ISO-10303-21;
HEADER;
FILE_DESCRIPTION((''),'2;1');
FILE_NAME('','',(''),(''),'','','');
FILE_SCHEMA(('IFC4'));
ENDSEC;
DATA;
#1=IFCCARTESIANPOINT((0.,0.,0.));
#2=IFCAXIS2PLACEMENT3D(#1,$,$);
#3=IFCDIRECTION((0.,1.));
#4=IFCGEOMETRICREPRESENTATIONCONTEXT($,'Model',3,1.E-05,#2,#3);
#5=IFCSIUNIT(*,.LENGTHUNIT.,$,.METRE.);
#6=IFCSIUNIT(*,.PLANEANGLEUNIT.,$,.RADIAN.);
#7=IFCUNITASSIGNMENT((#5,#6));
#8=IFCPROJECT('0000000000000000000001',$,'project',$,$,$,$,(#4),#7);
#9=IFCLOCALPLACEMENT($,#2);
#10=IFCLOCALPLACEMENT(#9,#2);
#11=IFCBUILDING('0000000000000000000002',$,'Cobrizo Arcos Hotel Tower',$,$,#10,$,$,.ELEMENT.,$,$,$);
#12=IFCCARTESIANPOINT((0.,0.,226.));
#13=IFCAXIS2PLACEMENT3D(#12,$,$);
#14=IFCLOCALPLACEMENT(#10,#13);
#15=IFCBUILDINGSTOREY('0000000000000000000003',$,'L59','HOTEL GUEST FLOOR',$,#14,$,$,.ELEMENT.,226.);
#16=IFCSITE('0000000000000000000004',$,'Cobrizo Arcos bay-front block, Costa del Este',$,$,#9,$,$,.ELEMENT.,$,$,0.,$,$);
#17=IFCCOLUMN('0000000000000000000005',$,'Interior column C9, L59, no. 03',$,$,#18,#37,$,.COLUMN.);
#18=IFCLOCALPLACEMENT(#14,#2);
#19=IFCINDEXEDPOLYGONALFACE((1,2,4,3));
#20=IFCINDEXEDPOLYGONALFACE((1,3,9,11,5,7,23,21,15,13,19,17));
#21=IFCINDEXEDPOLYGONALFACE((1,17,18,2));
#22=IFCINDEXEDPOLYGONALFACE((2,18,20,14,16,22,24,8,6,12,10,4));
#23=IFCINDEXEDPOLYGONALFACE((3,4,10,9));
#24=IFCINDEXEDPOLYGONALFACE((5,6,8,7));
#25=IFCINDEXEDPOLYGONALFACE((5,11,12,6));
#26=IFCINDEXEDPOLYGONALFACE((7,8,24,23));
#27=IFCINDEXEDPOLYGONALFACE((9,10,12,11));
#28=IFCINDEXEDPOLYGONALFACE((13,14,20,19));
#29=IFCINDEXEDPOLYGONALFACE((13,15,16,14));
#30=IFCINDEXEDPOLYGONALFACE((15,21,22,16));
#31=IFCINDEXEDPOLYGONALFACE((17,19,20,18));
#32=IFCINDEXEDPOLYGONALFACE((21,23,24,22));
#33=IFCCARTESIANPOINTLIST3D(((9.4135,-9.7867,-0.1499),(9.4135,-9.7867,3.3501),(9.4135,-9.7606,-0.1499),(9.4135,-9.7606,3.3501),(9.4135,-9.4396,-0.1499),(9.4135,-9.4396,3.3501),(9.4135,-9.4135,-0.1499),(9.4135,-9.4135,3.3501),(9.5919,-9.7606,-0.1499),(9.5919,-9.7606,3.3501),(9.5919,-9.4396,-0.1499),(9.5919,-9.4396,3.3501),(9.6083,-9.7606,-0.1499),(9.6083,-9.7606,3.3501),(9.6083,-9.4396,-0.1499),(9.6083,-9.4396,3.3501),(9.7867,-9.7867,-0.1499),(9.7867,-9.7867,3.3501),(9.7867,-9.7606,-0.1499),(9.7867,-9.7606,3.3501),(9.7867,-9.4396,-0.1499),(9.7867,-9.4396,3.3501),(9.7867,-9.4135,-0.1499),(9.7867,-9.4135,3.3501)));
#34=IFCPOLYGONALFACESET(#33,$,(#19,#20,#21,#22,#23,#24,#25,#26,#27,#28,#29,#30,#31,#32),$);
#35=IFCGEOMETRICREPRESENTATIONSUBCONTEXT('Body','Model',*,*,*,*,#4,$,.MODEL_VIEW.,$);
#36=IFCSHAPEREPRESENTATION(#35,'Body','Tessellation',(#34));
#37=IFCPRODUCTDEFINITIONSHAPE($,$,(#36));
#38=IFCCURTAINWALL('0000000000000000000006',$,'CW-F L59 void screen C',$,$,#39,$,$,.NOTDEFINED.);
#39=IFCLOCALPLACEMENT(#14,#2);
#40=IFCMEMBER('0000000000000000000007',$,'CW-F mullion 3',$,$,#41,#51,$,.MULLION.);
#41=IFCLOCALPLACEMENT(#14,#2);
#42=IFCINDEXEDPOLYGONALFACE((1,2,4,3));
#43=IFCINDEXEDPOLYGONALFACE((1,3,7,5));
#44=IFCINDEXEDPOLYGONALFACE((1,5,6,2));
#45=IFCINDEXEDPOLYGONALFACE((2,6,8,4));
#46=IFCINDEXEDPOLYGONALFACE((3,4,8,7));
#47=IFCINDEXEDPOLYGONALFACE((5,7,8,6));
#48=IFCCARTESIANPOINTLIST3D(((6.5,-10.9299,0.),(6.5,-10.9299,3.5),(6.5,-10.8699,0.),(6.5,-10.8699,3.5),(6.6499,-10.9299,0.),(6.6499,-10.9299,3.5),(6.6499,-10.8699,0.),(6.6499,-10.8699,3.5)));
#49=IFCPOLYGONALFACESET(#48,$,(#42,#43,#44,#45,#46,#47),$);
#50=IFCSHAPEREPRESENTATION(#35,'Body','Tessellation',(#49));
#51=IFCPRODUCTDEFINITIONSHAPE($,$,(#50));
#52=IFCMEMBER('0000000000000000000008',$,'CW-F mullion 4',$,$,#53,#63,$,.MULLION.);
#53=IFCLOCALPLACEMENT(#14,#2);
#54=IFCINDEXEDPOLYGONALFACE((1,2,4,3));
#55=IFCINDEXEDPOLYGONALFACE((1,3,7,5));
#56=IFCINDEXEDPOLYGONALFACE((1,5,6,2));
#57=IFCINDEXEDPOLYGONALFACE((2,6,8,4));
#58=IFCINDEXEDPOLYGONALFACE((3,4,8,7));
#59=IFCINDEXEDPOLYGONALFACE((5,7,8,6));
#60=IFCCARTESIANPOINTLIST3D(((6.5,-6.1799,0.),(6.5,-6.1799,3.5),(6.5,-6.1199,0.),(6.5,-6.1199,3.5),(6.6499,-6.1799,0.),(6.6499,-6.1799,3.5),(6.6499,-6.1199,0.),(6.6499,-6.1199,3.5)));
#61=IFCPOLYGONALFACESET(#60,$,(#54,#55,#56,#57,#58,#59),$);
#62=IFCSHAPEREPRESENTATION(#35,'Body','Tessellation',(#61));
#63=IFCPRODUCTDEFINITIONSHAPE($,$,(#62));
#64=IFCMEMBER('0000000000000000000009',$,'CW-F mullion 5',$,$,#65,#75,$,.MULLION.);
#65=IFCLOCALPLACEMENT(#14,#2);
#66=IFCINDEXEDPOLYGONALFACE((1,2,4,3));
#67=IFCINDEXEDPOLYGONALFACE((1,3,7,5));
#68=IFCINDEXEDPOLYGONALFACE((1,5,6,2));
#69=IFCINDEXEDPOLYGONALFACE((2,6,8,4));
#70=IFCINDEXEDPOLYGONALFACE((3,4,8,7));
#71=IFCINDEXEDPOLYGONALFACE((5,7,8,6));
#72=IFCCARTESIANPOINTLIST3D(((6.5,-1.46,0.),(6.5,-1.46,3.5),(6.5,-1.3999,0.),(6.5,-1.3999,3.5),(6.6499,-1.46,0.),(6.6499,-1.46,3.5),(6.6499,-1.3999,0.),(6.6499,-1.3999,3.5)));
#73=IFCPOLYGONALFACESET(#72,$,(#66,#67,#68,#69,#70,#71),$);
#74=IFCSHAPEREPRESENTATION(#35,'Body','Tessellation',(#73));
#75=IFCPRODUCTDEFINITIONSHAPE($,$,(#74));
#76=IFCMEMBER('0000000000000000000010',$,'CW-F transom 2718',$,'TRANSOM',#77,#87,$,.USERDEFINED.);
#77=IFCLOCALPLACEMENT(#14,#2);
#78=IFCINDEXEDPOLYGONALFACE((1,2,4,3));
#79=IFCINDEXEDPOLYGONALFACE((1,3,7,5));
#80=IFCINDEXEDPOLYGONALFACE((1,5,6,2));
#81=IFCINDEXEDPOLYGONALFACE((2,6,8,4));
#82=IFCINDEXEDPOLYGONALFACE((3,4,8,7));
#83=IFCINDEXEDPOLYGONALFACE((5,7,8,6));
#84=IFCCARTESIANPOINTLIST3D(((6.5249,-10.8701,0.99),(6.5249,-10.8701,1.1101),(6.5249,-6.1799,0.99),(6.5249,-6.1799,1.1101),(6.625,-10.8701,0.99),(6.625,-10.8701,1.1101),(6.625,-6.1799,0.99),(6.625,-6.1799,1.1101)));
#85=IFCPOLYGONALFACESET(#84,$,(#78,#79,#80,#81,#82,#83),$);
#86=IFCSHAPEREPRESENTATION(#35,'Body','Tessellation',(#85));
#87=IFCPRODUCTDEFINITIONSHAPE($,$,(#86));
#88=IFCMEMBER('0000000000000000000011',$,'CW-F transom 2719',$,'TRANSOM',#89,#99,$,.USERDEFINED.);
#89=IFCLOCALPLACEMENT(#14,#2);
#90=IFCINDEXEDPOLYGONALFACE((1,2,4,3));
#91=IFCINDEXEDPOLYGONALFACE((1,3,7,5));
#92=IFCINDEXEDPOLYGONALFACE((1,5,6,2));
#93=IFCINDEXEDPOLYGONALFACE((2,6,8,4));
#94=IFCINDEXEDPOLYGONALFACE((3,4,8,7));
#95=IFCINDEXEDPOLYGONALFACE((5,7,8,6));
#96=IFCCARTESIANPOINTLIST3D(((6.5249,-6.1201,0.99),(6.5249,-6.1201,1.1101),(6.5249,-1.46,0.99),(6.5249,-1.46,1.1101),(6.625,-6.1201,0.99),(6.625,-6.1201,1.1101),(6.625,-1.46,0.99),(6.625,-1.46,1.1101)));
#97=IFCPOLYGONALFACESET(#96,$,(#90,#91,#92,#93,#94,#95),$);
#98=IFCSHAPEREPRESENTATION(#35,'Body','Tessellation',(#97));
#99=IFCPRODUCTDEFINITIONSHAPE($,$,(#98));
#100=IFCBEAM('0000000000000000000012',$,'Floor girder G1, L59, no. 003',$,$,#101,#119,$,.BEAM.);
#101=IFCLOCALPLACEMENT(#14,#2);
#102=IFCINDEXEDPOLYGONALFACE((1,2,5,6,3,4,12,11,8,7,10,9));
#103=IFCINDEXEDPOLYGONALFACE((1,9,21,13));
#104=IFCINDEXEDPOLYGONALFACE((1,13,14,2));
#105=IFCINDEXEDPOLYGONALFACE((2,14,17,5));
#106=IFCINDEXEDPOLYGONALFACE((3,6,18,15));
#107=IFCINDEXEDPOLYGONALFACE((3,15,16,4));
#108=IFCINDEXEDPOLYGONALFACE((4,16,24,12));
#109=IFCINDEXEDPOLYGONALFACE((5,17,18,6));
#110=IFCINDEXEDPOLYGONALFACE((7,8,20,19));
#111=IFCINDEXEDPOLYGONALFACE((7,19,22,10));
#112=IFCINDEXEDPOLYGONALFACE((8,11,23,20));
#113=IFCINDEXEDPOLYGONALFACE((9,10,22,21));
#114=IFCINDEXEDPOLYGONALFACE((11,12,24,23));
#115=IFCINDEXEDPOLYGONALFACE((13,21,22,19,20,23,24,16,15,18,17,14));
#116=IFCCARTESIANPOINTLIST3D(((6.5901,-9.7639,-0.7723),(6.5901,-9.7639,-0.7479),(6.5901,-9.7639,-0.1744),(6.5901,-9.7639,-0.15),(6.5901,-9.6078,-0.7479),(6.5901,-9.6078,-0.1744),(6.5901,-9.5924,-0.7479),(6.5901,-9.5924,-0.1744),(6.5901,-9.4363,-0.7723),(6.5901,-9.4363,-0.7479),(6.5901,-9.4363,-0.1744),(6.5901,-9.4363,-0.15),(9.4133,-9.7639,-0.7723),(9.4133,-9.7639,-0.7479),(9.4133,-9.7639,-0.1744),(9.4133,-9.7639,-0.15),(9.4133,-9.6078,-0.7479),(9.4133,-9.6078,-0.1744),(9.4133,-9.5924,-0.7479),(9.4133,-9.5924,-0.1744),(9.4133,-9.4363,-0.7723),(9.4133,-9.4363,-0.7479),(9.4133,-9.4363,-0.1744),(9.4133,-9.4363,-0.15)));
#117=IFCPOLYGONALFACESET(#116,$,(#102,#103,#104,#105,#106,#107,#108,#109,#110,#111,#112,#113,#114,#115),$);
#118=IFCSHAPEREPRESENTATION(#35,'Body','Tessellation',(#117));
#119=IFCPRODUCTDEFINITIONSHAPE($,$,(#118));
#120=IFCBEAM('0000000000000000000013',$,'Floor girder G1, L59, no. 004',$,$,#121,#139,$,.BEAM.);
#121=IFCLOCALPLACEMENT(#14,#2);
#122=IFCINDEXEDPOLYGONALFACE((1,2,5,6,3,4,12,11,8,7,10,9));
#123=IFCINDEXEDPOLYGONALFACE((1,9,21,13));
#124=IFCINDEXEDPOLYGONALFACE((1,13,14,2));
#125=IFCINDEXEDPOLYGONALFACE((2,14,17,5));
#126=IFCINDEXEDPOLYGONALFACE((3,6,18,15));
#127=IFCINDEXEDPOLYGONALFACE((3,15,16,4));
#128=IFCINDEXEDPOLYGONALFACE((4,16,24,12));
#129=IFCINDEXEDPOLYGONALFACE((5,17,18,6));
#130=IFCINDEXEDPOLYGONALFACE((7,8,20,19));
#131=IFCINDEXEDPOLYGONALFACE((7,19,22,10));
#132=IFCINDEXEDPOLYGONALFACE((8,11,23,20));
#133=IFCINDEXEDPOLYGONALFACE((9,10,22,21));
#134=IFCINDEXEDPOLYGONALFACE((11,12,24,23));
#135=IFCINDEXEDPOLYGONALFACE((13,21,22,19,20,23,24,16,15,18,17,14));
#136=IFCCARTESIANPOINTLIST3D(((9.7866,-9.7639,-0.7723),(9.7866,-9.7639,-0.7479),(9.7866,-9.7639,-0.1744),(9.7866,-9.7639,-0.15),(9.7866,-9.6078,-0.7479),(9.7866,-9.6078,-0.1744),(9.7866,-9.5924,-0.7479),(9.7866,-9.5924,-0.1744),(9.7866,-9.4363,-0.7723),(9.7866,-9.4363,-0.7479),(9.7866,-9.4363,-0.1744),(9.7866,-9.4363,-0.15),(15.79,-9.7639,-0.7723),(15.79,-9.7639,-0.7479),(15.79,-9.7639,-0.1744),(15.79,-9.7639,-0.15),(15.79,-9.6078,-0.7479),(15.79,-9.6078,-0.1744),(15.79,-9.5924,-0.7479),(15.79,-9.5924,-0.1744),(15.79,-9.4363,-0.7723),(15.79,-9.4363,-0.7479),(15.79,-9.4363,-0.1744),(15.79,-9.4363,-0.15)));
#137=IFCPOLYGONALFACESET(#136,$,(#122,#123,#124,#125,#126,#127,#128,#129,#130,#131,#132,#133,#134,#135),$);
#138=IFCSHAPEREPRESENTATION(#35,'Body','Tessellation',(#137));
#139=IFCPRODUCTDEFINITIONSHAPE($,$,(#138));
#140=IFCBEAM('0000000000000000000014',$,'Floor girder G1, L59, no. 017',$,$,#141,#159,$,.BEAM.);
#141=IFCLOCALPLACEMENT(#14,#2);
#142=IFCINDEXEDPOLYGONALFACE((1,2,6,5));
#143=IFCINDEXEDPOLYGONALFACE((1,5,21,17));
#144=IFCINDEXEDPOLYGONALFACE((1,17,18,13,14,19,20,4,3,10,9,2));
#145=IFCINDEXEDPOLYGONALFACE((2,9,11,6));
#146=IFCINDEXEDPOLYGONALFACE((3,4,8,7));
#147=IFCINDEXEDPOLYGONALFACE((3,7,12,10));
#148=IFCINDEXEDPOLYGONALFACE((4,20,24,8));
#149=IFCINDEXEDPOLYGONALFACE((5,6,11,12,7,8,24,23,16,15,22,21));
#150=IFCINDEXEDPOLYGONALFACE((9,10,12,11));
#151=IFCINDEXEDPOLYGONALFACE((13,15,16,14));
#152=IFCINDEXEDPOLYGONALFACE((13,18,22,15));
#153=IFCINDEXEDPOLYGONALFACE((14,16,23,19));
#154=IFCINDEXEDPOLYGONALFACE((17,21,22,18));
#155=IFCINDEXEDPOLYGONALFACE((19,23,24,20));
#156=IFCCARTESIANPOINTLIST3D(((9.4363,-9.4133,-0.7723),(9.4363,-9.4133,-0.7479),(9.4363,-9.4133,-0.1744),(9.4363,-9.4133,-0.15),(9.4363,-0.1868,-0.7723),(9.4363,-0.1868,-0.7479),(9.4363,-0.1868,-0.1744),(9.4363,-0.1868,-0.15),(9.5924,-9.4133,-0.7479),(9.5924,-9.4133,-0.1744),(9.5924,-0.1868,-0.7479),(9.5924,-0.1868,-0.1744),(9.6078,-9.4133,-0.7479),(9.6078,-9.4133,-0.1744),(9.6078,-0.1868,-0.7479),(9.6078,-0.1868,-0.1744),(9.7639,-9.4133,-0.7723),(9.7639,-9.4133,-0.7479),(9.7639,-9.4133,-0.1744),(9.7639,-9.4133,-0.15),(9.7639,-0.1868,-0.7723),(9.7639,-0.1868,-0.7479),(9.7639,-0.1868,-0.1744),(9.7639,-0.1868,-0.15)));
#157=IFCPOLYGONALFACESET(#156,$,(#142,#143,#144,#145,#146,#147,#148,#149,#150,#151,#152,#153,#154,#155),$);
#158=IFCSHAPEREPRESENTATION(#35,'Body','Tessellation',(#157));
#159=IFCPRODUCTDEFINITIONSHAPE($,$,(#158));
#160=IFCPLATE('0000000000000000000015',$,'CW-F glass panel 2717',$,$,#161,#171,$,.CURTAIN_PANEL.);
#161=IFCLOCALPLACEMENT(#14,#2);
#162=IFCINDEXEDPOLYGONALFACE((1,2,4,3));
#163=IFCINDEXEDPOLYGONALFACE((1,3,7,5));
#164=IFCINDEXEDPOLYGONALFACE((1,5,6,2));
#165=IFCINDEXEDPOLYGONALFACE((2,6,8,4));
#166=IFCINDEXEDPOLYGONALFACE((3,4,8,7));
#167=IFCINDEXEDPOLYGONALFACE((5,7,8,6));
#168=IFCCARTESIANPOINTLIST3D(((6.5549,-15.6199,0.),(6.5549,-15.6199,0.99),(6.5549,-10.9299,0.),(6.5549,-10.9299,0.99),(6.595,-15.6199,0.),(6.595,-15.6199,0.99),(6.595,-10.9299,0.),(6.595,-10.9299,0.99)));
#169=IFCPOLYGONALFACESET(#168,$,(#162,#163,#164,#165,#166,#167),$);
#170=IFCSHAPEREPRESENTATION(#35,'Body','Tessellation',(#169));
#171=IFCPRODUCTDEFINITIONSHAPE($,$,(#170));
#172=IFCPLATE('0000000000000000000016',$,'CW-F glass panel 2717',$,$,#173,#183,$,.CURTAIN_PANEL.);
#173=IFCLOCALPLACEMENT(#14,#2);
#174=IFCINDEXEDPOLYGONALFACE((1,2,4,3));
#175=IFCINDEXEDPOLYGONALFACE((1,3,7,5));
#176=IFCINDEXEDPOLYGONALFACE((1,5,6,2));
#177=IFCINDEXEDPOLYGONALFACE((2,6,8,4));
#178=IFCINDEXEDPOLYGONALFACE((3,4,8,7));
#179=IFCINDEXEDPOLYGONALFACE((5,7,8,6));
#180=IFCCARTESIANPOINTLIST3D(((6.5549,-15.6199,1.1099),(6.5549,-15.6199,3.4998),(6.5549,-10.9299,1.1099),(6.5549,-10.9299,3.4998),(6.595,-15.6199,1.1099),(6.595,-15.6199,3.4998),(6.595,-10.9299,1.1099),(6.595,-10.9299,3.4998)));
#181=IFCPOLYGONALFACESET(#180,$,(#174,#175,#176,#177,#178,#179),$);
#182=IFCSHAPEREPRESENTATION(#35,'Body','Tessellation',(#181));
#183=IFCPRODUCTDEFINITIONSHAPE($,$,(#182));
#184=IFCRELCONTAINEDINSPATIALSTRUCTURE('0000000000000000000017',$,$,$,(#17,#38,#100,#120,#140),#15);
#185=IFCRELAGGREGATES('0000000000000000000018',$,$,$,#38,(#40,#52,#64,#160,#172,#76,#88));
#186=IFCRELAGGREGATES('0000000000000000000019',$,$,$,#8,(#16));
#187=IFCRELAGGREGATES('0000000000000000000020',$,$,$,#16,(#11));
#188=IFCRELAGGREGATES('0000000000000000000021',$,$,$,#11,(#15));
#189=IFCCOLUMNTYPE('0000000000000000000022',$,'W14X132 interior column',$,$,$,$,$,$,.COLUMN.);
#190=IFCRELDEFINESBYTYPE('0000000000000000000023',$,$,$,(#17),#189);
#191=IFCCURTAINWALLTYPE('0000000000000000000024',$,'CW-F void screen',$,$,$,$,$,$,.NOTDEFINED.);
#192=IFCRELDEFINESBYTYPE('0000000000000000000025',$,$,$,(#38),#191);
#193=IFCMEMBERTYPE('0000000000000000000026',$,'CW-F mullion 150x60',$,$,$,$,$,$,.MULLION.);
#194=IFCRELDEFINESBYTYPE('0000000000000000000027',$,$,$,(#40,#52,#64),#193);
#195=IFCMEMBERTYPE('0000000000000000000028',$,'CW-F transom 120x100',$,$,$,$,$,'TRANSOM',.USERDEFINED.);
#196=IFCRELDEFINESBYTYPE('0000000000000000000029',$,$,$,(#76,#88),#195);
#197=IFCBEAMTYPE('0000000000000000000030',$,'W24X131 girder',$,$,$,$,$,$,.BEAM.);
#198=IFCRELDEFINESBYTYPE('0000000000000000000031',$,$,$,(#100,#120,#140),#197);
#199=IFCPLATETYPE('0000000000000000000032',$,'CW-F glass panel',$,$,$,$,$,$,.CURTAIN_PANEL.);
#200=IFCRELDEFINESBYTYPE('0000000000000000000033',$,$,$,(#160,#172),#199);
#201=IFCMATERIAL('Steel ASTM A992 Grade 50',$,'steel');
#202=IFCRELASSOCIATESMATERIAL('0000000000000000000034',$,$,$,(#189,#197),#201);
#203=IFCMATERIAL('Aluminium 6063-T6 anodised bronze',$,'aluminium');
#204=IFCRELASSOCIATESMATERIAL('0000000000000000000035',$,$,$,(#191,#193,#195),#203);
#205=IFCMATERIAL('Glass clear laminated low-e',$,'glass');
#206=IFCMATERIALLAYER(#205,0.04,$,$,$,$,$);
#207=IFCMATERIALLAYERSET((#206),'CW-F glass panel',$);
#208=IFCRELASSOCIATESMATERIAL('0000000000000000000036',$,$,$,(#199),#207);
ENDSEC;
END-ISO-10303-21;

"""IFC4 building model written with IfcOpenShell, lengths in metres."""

from ifc_helpers import new_model, si_unit, direction, frame, origin, origin_2d, place, context, subcontext, project, spatial, rectangle, i_section, extrude, material, layer, layer_set, material_profile, profile_set, type_object, element, aggregate, save


model = new_model("IFC4")

# Units and contexts
model_context = context("Model", 3, precision=1e-05, world=origin(), true_north=direction((0.0, 1.0)))
body_context = subcontext(model_context, "Body", "Model", "MODEL_VIEW")
ifc_project = project(units=[si_unit("LENGTHUNIT", "METRE"), si_unit("PLANEANGLEUNIT", "RADIAN")], contexts=[model_context])

# Site, building, storey
site_placement = place(None, origin())
site = spatial("IfcSite", under=ifc_project, at=site_placement, Name="Cobrizo Arcos bay-front block, Costa del Este", CompositionType="ELEMENT", RefElevation=0.0)
building_placement = place(site_placement, origin())
building = spatial("IfcBuilding", under=site, at=building_placement, Name="Cobrizo Arcos Hotel Tower", CompositionType="ELEMENT")
storey_placement = place(building_placement, frame((0.0, 0.0, 226.0)))
storey = spatial("IfcBuildingStorey", under=building, at=storey_placement, Name="L59", Description="HOTEL GUEST FLOOR", CompositionType="ELEMENT", Elevation=226.0)

# Column
ifc_material_1 = material(Name="Steel ASTM A992 Grade 50", Category="steel")
ifc_material_profile_1 = material_profile(ifc_material_1, i_section(OverallWidth=0.3733, OverallDepth=0.3733, WebThickness=0.0164, FlangeThickness=0.0261, at=origin_2d()), Name="W14X132")
ifc_profile_set_1 = profile_set([ifc_material_profile_1], Name="Steel ASTM A992 Grade 50")
column_type = type_object("IfcColumnType", Name="W14X132 interior column", PredefinedType="COLUMN", material=ifc_profile_set_1)
column_placement = place(storey_placement, frame((9.6001, -9.6001, -0.1499), z_axis=(0.0, 0.0, 1.0), x_axis=(1.0, 0.0, 0.0)))
element("IfcColumn", 1, at=column_placement, inside=storey, type_object=column_type, Name="Interior column C9, L59, no. 03", PredefinedType="COLUMN", context=body_context, shape_type="SweptSolid", body=[
    extrude(i_section(OverallWidth=0.3733, OverallDepth=0.3733, WebThickness=0.0164, FlangeThickness=0.0261, at=origin_2d()), origin(), (0.0, 0.0, 1.0), 3.5),
])

# Curtain wall, members
ifc_material_2 = material(Name="Aluminium 6063-T6 anodised bronze", Category="aluminium")
curtain_wall_type = type_object("IfcCurtainWallType", Name="CW-F void screen", PredefinedType="NOTDEFINED", material=ifc_material_2)
curtain_wall_placement = place(storey_placement, origin())
curtain_wall = element("IfcCurtainWall", 2, at=curtain_wall_placement, inside=storey, type_object=curtain_wall_type, Name="CW-F L59 void screen C", PredefinedType="NOTDEFINED")
ifc_material_profile_2 = material_profile(ifc_material_2, rectangle(XDim=0.1499, YDim=0.0601, at=origin_2d()), Name="CW-F mullion 150x60")
ifc_profile_set_2 = profile_set([ifc_material_profile_2], Name="Aluminium 6063-T6 anodised bronze")
member_type_1 = type_object("IfcMemberType", Name="CW-F mullion 150x60", PredefinedType="MULLION", material=ifc_profile_set_2)
member_1_placement = place(storey_placement, frame((6.575, -10.8999, 0.0), z_axis=(0.0, 0.0, 1.0), x_axis=(1.0, 0.0, 0.0)))
member_1 = element("IfcMember", 3, at=member_1_placement, type_object=member_type_1, Name="CW-F mullion 3", PredefinedType="MULLION", context=body_context, shape_type="SweptSolid", body=[
    extrude(rectangle(XDim=0.1499, YDim=0.0601, at=origin_2d()), origin(), (0.0, 0.0, 1.0), 3.5),
])
member_2_placement = place(storey_placement, frame((6.575, -6.1499, 0.0), z_axis=(0.0, 0.0, 1.0), x_axis=(1.0, 0.0, 0.0)))
member_2 = element("IfcMember", 4, at=member_2_placement, type_object=member_type_1, Name="CW-F mullion 4", PredefinedType="MULLION", context=body_context, shape_type="SweptSolid", body=[
    extrude(rectangle(XDim=0.1499, YDim=0.0601, at=origin_2d()), origin(), (0.0, 0.0, 1.0), 3.5),
])
member_3_placement = place(storey_placement, frame((6.575, -1.4299, 0.0), z_axis=(0.0, 0.0, 1.0), x_axis=(1.0, 0.0, 0.0)))
member_3 = element("IfcMember", 5, at=member_3_placement, type_object=member_type_1, Name="CW-F mullion 5", PredefinedType="MULLION", context=body_context, shape_type="SweptSolid", body=[
    extrude(rectangle(XDim=0.1499, YDim=0.0601, at=origin_2d()), origin(), (0.0, 0.0, 1.0), 3.5),
])
ifc_material_profile_3 = material_profile(ifc_material_2, rectangle(XDim=0.1001, YDim=0.1201, at=origin_2d()), Name="CW-F transom 120x100")
ifc_profile_set_3 = profile_set([ifc_material_profile_3], Name="Aluminium 6063-T6 anodised bronze")
member_type_2 = type_object("IfcMemberType", Name="CW-F transom 120x100", ElementType="TRANSOM", PredefinedType="USERDEFINED", material=ifc_profile_set_3)
member_4_placement = place(storey_placement, frame((6.575, -10.8701, 1.05), z_axis=(0.0, 1.0, 0.0), x_axis=(-1.0, 0.0, 0.0)))
member_4 = element("IfcMember", 6, at=member_4_placement, type_object=member_type_2, Name="CW-F transom 2718", ObjectType="TRANSOM", PredefinedType="USERDEFINED", context=body_context, shape_type="SweptSolid", body=[
    extrude(rectangle(XDim=0.1001, YDim=0.1201, at=origin_2d()), origin(), (0.0, 0.0, 1.0), 4.6902),
])
member_5_placement = place(storey_placement, frame((6.575, -6.1201, 1.05), z_axis=(0.0, 1.0, 0.0), x_axis=(-1.0, 0.0, 0.0)))
member_5 = element("IfcMember", 7, at=member_5_placement, type_object=member_type_2, Name="CW-F transom 2719", ObjectType="TRANSOM", PredefinedType="USERDEFINED", context=body_context, shape_type="SweptSolid", body=[
    extrude(rectangle(XDim=0.1001, YDim=0.1201, at=origin_2d()), origin(), (0.0, 0.0, 1.0), 4.6602),
])

# Beams
ifc_material_profile_4 = material_profile(ifc_material_1, i_section(OverallWidth=0.3276, OverallDepth=0.6223, WebThickness=0.0154, FlangeThickness=0.0244, at=origin_2d()), Name="W24X131")
ifc_profile_set_4 = profile_set([ifc_material_profile_4], Name="Steel ASTM A992 Grade 50")
beam_type = type_object("IfcBeamType", Name="W24X131 girder", PredefinedType="BEAM", material=ifc_profile_set_4)
beam_1_placement = place(storey_placement, frame((6.5901, -9.6001, -0.4612), z_axis=(1.0, 0.0, 0.0), x_axis=(0.0, 1.0, 0.0)))
element("IfcBeam", 8, at=beam_1_placement, inside=storey, type_object=beam_type, Name="Floor girder G1, L59, no. 003", PredefinedType="BEAM", context=body_context, shape_type="SweptSolid", body=[
    extrude(i_section(OverallWidth=0.3276, OverallDepth=0.6223, WebThickness=0.0154, FlangeThickness=0.0244, at=origin_2d()), origin(), (0.0, 0.0, 1.0), 2.8232),
])
beam_2_placement = place(storey_placement, frame((9.7866, -9.6001, -0.4612), z_axis=(1.0, 0.0, 0.0), x_axis=(0.0, 1.0, 0.0)))
element("IfcBeam", 9, at=beam_2_placement, inside=storey, type_object=beam_type, Name="Floor girder G1, L59, no. 004", PredefinedType="BEAM", context=body_context, shape_type="SweptSolid", body=[
    extrude(i_section(OverallWidth=0.3276, OverallDepth=0.6223, WebThickness=0.0154, FlangeThickness=0.0244, at=origin_2d()), origin(), (0.0, 0.0, 1.0), 6.0034),
])
beam_3_placement = place(storey_placement, frame((9.6001, -9.4133, -0.4612), z_axis=(0.0, 1.0, 0.0), x_axis=(-1.0, 0.0, 0.0)))
element("IfcBeam", 10, at=beam_3_placement, inside=storey, type_object=beam_type, Name="Floor girder G1, L59, no. 017", PredefinedType="BEAM", context=body_context, shape_type="SweptSolid", body=[
    extrude(i_section(OverallWidth=0.3276, OverallDepth=0.6223, WebThickness=0.0154, FlangeThickness=0.0244, at=origin_2d()), origin(), (0.0, 0.0, 1.0), 9.2266),
])

# Plates
ifc_material_3 = material(Name="Glass clear laminated low-e", Category="glass")
ifc_layer_1 = layer(ifc_material_3, 0.04)
ifc_layer_set_1 = layer_set([ifc_layer_1], Name="CW-F glass panel")
plate_type = type_object("IfcPlateType", Name="CW-F glass panel", PredefinedType="CURTAIN_PANEL", material=ifc_layer_set_1)
plate_1_placement = place(storey_placement, frame((6.575, -13.2749, 0.0), z_axis=(0.0, 0.0, 1.0), x_axis=(0.0, 1.0, 0.0)))
plate_1 = element("IfcPlate", 11, at=plate_1_placement, type_object=plate_type, Name="CW-F glass panel 2717", PredefinedType="CURTAIN_PANEL", context=body_context, shape_type="SweptSolid", body=[
    extrude(rectangle(XDim=4.6899, YDim=0.04, at=origin_2d()), origin(), (0.0, 0.0, 1.0), 0.99),
])
plate_2_placement = place(storey_placement, frame((6.575, -13.2749, 1.1099), z_axis=(0.0, 0.0, 1.0), x_axis=(0.0, 1.0, 0.0)))
plate_2 = element("IfcPlate", 12, at=plate_2_placement, type_object=plate_type, Name="CW-F glass panel 2717", PredefinedType="CURTAIN_PANEL", context=body_context, shape_type="SweptSolid", body=[
    extrude(rectangle(XDim=4.6899, YDim=0.04, at=origin_2d()), origin(), (0.0, 0.0, 1.0), 2.3899),
])
aggregate(curtain_wall, [member_1, member_2, member_3, plate_1, plate_2, member_4, member_5])

save(model, "model.ifc")
